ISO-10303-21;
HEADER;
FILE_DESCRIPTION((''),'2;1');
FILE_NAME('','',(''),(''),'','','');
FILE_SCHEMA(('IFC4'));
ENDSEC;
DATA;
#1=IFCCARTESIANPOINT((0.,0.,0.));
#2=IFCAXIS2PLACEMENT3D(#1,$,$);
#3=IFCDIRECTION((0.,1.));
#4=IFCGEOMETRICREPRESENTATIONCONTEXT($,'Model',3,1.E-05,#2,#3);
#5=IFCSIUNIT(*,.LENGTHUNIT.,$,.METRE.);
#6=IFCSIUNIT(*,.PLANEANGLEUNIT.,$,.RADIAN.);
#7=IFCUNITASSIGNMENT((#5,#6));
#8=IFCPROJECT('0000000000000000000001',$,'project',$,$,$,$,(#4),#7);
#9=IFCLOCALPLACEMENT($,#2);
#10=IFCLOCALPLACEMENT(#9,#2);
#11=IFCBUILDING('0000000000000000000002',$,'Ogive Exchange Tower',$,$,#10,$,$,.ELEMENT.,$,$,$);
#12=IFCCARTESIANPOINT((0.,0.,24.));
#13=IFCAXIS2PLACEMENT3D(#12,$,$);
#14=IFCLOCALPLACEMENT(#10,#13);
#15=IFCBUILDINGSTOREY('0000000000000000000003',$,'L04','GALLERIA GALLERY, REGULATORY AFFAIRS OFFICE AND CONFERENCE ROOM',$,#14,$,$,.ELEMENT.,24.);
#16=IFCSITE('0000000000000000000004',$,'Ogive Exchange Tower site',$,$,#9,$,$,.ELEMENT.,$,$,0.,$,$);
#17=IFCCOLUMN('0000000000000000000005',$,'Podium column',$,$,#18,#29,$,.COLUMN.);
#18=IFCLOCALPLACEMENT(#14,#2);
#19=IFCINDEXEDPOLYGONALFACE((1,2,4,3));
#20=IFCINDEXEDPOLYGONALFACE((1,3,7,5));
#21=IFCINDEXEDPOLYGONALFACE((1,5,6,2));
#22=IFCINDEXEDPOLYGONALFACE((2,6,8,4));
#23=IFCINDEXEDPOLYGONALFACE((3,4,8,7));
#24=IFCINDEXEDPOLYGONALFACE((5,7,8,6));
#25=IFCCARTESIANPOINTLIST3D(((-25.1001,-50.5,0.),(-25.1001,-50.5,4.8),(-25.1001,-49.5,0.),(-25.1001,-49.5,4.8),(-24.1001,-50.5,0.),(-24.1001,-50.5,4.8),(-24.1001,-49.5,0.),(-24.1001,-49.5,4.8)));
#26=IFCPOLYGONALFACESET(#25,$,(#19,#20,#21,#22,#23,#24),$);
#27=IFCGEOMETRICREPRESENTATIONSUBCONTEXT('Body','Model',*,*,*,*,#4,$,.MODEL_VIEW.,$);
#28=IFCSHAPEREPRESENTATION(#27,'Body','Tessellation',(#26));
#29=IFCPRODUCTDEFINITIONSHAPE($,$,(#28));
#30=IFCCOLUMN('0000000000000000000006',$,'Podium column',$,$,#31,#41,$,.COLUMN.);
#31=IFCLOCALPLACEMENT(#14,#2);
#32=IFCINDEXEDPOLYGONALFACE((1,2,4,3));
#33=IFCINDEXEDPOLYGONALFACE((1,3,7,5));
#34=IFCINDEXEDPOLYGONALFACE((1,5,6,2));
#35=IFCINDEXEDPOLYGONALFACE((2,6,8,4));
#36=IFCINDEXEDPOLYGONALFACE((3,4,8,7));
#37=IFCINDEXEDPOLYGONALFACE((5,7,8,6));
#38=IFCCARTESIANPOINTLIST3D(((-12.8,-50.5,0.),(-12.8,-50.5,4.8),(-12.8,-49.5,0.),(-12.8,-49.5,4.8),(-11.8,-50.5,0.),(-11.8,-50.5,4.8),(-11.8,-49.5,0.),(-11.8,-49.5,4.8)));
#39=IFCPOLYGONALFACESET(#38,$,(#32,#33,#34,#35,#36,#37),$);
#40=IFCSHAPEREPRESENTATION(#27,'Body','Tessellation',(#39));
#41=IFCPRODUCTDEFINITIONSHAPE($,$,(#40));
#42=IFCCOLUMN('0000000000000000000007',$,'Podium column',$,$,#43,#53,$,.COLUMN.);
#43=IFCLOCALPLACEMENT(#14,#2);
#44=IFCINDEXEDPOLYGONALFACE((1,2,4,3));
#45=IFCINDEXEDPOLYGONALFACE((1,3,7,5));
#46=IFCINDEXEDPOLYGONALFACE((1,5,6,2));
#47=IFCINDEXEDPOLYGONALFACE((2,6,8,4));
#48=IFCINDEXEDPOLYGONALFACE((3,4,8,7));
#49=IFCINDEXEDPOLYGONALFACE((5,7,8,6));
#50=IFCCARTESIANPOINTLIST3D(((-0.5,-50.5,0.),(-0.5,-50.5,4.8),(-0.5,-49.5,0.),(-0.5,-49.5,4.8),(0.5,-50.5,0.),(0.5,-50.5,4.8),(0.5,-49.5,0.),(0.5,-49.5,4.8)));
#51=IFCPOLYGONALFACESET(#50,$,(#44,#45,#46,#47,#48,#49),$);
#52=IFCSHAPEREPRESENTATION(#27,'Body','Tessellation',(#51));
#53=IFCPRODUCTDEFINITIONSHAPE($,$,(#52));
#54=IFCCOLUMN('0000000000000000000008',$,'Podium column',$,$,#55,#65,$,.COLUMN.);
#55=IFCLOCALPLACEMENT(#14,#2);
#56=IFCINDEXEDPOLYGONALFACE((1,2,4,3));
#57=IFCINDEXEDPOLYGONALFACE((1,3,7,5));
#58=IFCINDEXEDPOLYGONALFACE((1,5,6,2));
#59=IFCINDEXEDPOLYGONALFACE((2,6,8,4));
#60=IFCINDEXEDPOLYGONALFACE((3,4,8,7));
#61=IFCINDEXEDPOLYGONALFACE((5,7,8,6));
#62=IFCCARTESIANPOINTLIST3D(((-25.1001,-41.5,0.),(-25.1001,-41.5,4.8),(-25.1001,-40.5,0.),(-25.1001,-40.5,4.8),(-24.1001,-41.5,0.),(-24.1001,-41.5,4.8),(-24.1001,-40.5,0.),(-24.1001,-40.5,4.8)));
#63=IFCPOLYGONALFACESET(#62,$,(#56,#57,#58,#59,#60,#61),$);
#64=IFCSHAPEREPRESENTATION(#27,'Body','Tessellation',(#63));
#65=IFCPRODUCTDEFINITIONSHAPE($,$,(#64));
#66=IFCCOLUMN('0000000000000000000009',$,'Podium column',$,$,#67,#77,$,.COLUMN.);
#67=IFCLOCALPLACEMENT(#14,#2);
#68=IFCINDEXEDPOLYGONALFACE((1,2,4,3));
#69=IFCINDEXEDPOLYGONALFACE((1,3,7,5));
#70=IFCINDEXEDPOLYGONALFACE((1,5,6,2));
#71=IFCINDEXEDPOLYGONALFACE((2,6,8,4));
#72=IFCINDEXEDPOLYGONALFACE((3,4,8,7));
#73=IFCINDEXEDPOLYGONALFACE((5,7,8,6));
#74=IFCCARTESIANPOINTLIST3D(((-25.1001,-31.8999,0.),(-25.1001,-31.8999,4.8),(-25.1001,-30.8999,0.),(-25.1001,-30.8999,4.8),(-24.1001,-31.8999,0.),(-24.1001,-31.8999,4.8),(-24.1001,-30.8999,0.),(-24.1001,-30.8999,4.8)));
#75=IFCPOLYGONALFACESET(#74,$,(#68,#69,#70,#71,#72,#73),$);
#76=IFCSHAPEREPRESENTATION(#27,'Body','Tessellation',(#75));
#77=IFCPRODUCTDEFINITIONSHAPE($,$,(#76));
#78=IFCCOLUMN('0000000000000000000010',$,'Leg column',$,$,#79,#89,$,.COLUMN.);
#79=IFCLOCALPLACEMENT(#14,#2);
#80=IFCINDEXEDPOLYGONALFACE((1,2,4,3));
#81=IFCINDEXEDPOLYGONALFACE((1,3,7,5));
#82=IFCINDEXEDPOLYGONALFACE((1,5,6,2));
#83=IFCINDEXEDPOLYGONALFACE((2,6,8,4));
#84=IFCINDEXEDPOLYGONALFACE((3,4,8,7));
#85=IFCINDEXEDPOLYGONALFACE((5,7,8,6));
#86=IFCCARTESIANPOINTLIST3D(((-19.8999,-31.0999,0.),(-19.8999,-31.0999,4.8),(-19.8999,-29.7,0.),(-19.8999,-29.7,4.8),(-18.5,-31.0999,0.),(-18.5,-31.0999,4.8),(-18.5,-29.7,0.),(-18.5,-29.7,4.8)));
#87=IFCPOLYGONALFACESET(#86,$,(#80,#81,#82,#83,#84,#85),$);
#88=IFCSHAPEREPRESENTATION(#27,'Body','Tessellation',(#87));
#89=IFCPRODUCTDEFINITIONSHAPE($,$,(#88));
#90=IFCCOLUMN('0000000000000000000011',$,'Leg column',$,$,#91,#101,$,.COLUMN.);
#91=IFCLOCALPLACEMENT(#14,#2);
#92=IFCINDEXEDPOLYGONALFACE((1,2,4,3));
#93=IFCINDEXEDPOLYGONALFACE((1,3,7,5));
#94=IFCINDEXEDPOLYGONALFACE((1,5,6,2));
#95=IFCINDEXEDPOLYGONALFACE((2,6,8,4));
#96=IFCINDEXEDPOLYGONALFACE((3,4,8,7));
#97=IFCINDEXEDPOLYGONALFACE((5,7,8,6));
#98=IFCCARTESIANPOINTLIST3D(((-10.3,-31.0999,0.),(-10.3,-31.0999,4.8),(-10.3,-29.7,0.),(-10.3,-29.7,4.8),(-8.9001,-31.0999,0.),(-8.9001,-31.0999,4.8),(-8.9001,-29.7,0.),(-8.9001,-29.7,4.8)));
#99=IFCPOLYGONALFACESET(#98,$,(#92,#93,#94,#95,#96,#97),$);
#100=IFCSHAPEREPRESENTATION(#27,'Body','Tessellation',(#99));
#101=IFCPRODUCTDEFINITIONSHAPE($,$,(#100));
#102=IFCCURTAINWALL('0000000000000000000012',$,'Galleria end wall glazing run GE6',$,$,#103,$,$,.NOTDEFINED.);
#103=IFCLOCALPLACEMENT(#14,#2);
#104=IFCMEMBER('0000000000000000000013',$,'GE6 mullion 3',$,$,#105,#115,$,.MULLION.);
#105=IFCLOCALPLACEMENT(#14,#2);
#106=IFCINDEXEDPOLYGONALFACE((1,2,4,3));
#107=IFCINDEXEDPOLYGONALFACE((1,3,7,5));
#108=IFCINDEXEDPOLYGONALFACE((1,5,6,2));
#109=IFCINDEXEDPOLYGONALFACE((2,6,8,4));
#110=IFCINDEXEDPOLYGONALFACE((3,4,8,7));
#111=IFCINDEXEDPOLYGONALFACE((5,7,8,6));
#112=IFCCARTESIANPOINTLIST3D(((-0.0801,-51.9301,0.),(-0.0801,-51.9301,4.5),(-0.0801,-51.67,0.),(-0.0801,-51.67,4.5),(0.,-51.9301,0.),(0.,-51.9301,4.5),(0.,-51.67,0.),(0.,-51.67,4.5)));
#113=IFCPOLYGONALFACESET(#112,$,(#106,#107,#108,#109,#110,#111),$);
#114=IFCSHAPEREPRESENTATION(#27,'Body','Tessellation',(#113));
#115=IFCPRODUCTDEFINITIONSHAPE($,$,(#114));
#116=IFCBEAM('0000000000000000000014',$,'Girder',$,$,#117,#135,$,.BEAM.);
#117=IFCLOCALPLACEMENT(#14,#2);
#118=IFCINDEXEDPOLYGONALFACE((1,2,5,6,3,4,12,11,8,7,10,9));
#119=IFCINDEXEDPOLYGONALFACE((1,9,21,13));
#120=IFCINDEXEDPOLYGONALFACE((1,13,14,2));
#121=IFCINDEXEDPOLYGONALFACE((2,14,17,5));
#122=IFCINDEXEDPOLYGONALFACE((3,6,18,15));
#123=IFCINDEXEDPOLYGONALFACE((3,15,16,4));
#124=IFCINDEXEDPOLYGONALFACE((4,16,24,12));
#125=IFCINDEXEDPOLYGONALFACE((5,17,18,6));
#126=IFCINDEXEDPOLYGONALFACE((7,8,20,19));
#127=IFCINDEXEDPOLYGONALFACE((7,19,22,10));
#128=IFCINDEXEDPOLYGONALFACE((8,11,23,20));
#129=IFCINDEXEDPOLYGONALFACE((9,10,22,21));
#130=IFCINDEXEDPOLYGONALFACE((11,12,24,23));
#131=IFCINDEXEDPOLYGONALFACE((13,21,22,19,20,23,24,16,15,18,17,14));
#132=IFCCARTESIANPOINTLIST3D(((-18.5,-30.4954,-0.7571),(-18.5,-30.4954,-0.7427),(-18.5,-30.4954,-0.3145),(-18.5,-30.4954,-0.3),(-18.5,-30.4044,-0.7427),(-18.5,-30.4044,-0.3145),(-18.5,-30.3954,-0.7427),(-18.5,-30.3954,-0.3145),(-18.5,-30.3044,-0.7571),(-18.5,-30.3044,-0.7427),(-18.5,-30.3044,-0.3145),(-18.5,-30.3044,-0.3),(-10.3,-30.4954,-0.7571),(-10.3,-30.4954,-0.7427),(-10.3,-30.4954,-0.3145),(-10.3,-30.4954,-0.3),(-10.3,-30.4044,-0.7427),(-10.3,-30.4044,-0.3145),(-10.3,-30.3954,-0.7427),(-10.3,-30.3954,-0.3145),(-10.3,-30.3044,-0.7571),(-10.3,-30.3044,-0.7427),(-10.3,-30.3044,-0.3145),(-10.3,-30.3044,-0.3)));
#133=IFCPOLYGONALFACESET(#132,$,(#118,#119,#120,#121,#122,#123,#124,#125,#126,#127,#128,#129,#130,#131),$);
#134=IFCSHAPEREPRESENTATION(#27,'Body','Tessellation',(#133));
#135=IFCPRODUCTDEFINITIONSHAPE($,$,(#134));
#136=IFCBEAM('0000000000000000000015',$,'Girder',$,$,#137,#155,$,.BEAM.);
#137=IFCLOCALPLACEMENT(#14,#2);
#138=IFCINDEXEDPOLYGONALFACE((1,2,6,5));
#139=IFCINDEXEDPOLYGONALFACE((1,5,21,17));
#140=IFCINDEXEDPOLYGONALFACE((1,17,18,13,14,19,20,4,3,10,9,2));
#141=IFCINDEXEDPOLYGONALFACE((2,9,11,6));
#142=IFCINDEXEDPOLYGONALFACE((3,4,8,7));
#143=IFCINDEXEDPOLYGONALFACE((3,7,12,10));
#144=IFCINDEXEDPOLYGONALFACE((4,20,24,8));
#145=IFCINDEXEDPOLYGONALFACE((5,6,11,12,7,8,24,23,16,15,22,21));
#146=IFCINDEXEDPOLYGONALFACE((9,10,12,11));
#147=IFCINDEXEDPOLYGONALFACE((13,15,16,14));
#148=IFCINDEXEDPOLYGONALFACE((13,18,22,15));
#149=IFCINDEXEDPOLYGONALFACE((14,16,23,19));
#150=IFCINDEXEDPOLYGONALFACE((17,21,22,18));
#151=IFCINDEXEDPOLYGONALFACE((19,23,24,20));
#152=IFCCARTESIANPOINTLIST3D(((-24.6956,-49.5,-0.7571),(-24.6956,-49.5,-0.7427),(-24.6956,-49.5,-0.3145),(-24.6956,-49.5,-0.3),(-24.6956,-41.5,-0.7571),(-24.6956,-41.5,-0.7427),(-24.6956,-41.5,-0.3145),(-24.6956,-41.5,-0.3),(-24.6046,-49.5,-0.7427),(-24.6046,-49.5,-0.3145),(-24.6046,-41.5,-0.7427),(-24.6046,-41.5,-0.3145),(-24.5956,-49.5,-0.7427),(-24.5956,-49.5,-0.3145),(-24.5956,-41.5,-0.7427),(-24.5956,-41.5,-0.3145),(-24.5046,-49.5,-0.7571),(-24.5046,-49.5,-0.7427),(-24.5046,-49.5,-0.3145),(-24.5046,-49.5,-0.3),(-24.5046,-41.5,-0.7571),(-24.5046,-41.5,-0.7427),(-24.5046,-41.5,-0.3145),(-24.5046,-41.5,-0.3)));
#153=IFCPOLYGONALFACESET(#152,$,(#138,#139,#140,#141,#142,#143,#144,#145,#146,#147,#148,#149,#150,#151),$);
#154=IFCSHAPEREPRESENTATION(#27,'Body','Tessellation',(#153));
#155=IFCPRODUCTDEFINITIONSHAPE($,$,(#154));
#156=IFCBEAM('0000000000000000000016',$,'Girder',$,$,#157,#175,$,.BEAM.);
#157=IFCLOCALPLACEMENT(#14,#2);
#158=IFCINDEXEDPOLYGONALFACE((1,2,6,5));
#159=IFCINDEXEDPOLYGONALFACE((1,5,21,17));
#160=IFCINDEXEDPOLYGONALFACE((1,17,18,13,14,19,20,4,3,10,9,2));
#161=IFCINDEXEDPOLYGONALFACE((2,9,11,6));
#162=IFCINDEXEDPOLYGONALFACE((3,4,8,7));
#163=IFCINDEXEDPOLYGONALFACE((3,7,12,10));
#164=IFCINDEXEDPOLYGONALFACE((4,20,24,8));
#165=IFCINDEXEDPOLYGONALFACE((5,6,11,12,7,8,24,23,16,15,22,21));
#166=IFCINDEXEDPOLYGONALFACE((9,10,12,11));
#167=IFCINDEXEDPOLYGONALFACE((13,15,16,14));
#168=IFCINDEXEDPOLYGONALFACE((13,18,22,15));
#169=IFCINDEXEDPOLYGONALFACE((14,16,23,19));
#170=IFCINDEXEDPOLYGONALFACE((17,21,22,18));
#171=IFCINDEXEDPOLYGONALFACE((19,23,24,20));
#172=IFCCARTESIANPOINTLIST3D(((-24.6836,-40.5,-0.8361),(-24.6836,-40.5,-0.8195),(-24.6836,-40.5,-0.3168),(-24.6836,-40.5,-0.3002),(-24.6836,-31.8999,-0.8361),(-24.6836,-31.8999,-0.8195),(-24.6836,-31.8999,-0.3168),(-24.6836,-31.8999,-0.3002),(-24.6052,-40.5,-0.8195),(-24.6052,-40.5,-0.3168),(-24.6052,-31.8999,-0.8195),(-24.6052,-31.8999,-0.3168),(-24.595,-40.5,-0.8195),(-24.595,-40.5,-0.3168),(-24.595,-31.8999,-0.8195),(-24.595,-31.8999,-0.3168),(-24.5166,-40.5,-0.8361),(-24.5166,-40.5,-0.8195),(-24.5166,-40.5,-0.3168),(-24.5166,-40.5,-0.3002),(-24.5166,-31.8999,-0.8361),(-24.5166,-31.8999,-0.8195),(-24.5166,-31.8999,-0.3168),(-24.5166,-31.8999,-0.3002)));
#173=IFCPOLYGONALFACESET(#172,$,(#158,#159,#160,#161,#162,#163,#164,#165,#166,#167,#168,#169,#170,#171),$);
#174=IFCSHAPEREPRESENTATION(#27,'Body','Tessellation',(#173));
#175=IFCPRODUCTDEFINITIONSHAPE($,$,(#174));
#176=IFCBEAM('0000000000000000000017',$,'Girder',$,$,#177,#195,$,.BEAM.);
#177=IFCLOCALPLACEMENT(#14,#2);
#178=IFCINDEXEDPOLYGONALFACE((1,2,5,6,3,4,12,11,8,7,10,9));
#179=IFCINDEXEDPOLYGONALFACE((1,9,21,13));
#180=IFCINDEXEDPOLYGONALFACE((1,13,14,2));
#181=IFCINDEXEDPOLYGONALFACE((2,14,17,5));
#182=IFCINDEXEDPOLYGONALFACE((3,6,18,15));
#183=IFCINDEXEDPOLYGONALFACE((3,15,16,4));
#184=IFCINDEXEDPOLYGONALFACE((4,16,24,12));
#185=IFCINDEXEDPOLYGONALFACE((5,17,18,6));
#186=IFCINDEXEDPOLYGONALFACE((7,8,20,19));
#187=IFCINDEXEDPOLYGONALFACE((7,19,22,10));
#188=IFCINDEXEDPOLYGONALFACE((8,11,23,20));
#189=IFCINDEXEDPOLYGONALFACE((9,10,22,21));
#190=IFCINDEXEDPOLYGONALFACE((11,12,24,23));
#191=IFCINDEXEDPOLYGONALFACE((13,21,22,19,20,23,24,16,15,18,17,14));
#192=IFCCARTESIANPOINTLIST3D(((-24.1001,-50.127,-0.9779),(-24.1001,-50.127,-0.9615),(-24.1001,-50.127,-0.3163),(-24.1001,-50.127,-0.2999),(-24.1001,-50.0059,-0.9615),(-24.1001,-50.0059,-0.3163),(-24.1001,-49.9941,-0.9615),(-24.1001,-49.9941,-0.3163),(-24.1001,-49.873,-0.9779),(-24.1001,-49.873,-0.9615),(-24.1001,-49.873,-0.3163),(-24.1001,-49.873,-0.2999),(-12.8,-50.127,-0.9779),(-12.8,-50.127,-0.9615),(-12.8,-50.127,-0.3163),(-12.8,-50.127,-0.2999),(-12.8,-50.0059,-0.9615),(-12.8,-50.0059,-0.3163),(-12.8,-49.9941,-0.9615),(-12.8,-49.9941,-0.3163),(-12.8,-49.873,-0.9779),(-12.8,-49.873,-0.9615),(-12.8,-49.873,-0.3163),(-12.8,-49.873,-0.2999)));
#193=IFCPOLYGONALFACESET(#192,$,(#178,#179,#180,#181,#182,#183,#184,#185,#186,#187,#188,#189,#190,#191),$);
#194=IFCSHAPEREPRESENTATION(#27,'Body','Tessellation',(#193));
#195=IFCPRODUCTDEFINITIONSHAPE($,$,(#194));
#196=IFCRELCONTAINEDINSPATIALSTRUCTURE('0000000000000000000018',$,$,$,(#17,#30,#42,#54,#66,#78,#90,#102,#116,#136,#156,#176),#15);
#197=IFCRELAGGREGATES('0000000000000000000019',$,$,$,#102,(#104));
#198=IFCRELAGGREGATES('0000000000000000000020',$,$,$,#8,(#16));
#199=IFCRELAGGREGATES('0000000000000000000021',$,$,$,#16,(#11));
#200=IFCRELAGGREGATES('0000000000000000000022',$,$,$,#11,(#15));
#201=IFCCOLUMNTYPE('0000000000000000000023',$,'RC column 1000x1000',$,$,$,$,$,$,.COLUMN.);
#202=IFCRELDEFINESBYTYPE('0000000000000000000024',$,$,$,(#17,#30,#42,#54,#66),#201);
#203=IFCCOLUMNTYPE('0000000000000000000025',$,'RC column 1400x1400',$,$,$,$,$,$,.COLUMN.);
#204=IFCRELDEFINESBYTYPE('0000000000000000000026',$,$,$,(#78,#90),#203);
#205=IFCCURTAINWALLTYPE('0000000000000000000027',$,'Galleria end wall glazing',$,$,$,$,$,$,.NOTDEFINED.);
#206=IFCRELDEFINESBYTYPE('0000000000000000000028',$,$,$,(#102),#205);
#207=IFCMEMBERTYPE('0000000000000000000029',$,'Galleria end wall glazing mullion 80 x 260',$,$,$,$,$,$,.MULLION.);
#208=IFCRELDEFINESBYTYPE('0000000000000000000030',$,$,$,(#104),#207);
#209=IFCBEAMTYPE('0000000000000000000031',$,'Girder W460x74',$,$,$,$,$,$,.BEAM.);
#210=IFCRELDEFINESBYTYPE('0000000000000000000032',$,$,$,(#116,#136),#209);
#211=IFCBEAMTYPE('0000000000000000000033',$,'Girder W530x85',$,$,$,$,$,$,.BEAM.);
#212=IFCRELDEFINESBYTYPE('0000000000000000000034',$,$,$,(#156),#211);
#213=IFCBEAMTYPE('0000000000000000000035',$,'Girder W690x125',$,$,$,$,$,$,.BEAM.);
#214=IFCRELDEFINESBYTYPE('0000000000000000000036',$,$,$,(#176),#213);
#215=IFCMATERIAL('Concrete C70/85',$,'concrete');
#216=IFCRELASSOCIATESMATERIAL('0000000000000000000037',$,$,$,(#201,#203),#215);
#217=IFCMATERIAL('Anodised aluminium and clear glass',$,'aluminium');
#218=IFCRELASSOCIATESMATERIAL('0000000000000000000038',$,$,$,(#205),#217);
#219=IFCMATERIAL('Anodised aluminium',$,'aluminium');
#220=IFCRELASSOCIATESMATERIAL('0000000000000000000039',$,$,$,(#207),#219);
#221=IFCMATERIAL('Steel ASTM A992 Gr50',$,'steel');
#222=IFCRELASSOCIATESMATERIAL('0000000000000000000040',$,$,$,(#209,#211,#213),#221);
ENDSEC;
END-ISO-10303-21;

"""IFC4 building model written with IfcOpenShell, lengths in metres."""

from ifc_helpers import new_model, si_unit, direction, frame, origin, origin_2d, place, context, subcontext, project, spatial, rectangle, i_section, extrude, material, material_profile, profile_set, type_object, element, aggregate, save


model = new_model("IFC4")

# Units and contexts
model_context = context("Model", 3, precision=1e-05, world=origin(), true_north=direction((0.0, 1.0)))
body_context = subcontext(model_context, "Body", "Model", "MODEL_VIEW")
ifc_project = project(units=[si_unit("LENGTHUNIT", "METRE"), si_unit("PLANEANGLEUNIT", "RADIAN")], contexts=[model_context])

# Site, building, storey
site_placement = place(None, origin())
site = spatial("IfcSite", under=ifc_project, at=site_placement, Name="Ogive Exchange Tower site", CompositionType="ELEMENT", RefElevation=0.0)
building_placement = place(site_placement, origin())
building = spatial("IfcBuilding", under=site, at=building_placement, Name="Ogive Exchange Tower", CompositionType="ELEMENT")
storey_placement = place(building_placement, frame((0.0, 0.0, 24.0)))
storey = spatial("IfcBuildingStorey", under=building, at=storey_placement, Name="L04", Description="GALLERIA GALLERY, REGULATORY AFFAIRS OFFICE AND CONFERENCE ROOM", CompositionType="ELEMENT", Elevation=24.0)

# Columns
ifc_material_1 = material(Name="Concrete C70/85", Category="concrete")
ifc_material_profile_1 = material_profile(ifc_material_1, rectangle(XDim=1.0, YDim=1.0, at=origin_2d()), Name="RC 1000x1000")
ifc_profile_set_1 = profile_set([ifc_material_profile_1], Name="Concrete C70/85")
column_type_1 = type_object("IfcColumnType", Name="RC column 1000x1000", PredefinedType="COLUMN", material=ifc_profile_set_1)
for number, where, z_axis, x_axis, name in (
    (1, (-24.6001, -50.0, 0.0), (0.0, 0.0, 1.0), (1.0, 0.0, 0.0), "Podium column"),
    (2, (-12.3, -50.0, 0.0), (0.0, 0.0, 1.0), (1.0, 0.0, 0.0), "Podium column"),
    (3, (0.0, -50.0, 0.0), (0.0, 0.0, 1.0), (1.0, 0.0, 0.0), "Podium column"),
    (4, (-24.6001, -41.0, 0.0), (0.0, 0.0, 1.0), (1.0, 0.0, 0.0), "Podium column"),
    (5, (-24.6001, -31.3999, 0.0), (0.0, 0.0, 1.0), (1.0, 0.0, 0.0), "Podium column"),
):
    element("IfcColumn", number, at=place(storey_placement, frame(where, z_axis=z_axis, x_axis=x_axis)), inside=storey, type_object=column_type_1, Name=name, PredefinedType="COLUMN", context=body_context, shape_type="SweptSolid", body=[
        extrude(rectangle(XDim=1.0, YDim=1.0, at=origin_2d()), origin(), (0.0, 0.0, 1.0), 4.8),
    ])
ifc_material_profile_2 = material_profile(ifc_material_1, rectangle(XDim=1.3999, YDim=1.3999, at=origin_2d()), Name="RC 1400x1400")
ifc_profile_set_2 = profile_set([ifc_material_profile_2], Name="Concrete C70/85")
column_type_2 = type_object("IfcColumnType", Name="RC column 1400x1400", PredefinedType="COLUMN", material=ifc_profile_set_2)
for number, where, z_axis, x_axis, name in (
    (6, (-19.2, -30.3999, 0.0), (0.0, 0.0, 1.0), (1.0, 0.0, 0.0), "Leg column"),
    (7, (-9.6001, -30.3999, 0.0), (0.0, 0.0, 1.0), (1.0, 0.0, 0.0), "Leg column"),
):
    element("IfcColumn", number, at=place(storey_placement, frame(where, z_axis=z_axis, x_axis=x_axis)), inside=storey, type_object=column_type_2, Name=name, PredefinedType="COLUMN", context=body_context, shape_type="SweptSolid", body=[
        extrude(rectangle(XDim=1.3999, YDim=1.3999, at=origin_2d()), origin(), (0.0, 0.0, 1.0), 4.8),
    ])

# Curtain wall, member
ifc_material_2 = material(Name="Anodised aluminium and clear glass", Category="aluminium")
curtain_wall_type = type_object("IfcCurtainWallType", Name="Galleria end wall glazing", PredefinedType="NOTDEFINED", material=ifc_material_2)
curtain_wall_placement = place(storey_placement, origin())
curtain_wall = element("IfcCurtainWall", 8, at=curtain_wall_placement, inside=storey, type_object=curtain_wall_type, Name="Galleria end wall glazing run GE6", PredefinedType="NOTDEFINED")
ifc_material_3 = material(Name="Anodised aluminium", Category="aluminium")
ifc_material_profile_3 = material_profile(ifc_material_3, rectangle(XDim=0.26, YDim=0.0801, at=origin_2d()), Name="AL 80x260")
ifc_profile_set_3 = profile_set([ifc_material_profile_3], Name="Anodised aluminium")
member_type = type_object("IfcMemberType", Name="Galleria end wall glazing mullion 80 x 260", PredefinedType="MULLION", material=ifc_profile_set_3)
member_placement = place(storey_placement, frame((-0.04, -51.8, 0.0), z_axis=(0.0, 0.0, 1.0), x_axis=(0.0, 1.0, 0.0)))
member = element("IfcMember", 9, at=member_placement, type_object=member_type, Name="GE6 mullion 3", PredefinedType="MULLION", context=body_context, shape_type="SweptSolid", body=[
    extrude(rectangle(XDim=0.26, YDim=0.0801, at=origin_2d()), origin(), (0.0, 0.0, 1.0), 4.5),
])

# Beams
ifc_material_4 = material(Name="Steel ASTM A992 Gr50", Category="steel")
ifc_material_profile_4 = material_profile(ifc_material_4, i_section(OverallWidth=0.1909, OverallDepth=0.457, WebThickness=0.009, FlangeThickness=0.0144, at=origin_2d()), Name="W460x74")
ifc_profile_set_4 = profile_set([ifc_material_profile_4], Name="Steel ASTM A992 Gr50")
beam_type_1 = type_object("IfcBeamType", Name="Girder W460x74", PredefinedType="BEAM", material=ifc_profile_set_4)
beam_1_placement = place(storey_placement, frame((-18.5, -30.3999, -0.5286), z_axis=(1.0, 0.0, 0.0), x_axis=(0.0, 1.0, 0.0)))
element("IfcBeam", 10, at=beam_1_placement, inside=storey, type_object=beam_type_1, Name="Girder", PredefinedType="BEAM", context=body_context, shape_type="SweptSolid", body=[
    extrude(i_section(OverallWidth=0.1909, OverallDepth=0.457, WebThickness=0.009, FlangeThickness=0.0144, at=origin_2d()), origin(), (0.0, 0.0, 1.0), 8.2),
])
beam_2_placement = place(storey_placement, frame((-24.6001, -49.5, -0.5286), z_axis=(0.0, 1.0, 0.0), x_axis=(-1.0, 0.0, 0.0)))
element("IfcBeam", 11, at=beam_2_placement, inside=storey, type_object=beam_type_1, Name="Girder", PredefinedType="BEAM", context=body_context, shape_type="SweptSolid", body=[
    extrude(i_section(OverallWidth=0.1909, OverallDepth=0.457, WebThickness=0.009, FlangeThickness=0.0144, at=origin_2d()), origin(), (0.0, 0.0, 1.0), 8.0),
])
ifc_material_profile_5 = material_profile(ifc_material_4, i_section(OverallWidth=0.167, OverallDepth=0.5359, WebThickness=0.0103, FlangeThickness=0.0166, at=origin_2d()), Name="W530x85")
ifc_profile_set_5 = profile_set([ifc_material_profile_5], Name="Steel ASTM A992 Gr50")
beam_type_2 = type_object("IfcBeamType", Name="Girder W530x85", PredefinedType="BEAM", material=ifc_profile_set_5)
beam_3_placement = place(storey_placement, frame((-24.6001, -40.5, -0.5681), z_axis=(0.0, 1.0, 0.0), x_axis=(-1.0, 0.0, 0.0)))
element("IfcBeam", 12, at=beam_3_placement, inside=storey, type_object=beam_type_2, Name="Girder", PredefinedType="BEAM", context=body_context, shape_type="SweptSolid", body=[
    extrude(i_section(OverallWidth=0.167, OverallDepth=0.5359, WebThickness=0.0103, FlangeThickness=0.0166, at=origin_2d()), origin(), (0.0, 0.0, 1.0), 8.6001),
])
ifc_material_profile_6 = material_profile(ifc_material_4, i_section(OverallWidth=0.2539, OverallDepth=0.678, WebThickness=0.0117, FlangeThickness=0.0164, at=origin_2d()), Name="W690x125")
ifc_profile_set_6 = profile_set([ifc_material_profile_6], Name="Steel ASTM A992 Gr50")
beam_type_3 = type_object("IfcBeamType", Name="Girder W690x125", PredefinedType="BEAM", material=ifc_profile_set_6)
for number, where, z_axis, x_axis, name in (
    (13, (-24.1001, -50.0, -0.6389), (1.0, 0.0, 0.0), (0.0, 1.0, 0.0), "Girder"),
):
    element("IfcBeam", number, at=place(storey_placement, frame(where, z_axis=z_axis, x_axis=x_axis)), inside=storey, type_object=beam_type_3, Name=name, PredefinedType="BEAM", context=body_context, shape_type="SweptSolid", body=[
        extrude(i_section(OverallWidth=0.2539, OverallDepth=0.678, WebThickness=0.0117, FlangeThickness=0.0164, at=origin_2d()), origin(), (0.0, 0.0, 1.0), 11.3),
    ])

aggregate(curtain_wall, [member])

save(model, "model.ifc")
